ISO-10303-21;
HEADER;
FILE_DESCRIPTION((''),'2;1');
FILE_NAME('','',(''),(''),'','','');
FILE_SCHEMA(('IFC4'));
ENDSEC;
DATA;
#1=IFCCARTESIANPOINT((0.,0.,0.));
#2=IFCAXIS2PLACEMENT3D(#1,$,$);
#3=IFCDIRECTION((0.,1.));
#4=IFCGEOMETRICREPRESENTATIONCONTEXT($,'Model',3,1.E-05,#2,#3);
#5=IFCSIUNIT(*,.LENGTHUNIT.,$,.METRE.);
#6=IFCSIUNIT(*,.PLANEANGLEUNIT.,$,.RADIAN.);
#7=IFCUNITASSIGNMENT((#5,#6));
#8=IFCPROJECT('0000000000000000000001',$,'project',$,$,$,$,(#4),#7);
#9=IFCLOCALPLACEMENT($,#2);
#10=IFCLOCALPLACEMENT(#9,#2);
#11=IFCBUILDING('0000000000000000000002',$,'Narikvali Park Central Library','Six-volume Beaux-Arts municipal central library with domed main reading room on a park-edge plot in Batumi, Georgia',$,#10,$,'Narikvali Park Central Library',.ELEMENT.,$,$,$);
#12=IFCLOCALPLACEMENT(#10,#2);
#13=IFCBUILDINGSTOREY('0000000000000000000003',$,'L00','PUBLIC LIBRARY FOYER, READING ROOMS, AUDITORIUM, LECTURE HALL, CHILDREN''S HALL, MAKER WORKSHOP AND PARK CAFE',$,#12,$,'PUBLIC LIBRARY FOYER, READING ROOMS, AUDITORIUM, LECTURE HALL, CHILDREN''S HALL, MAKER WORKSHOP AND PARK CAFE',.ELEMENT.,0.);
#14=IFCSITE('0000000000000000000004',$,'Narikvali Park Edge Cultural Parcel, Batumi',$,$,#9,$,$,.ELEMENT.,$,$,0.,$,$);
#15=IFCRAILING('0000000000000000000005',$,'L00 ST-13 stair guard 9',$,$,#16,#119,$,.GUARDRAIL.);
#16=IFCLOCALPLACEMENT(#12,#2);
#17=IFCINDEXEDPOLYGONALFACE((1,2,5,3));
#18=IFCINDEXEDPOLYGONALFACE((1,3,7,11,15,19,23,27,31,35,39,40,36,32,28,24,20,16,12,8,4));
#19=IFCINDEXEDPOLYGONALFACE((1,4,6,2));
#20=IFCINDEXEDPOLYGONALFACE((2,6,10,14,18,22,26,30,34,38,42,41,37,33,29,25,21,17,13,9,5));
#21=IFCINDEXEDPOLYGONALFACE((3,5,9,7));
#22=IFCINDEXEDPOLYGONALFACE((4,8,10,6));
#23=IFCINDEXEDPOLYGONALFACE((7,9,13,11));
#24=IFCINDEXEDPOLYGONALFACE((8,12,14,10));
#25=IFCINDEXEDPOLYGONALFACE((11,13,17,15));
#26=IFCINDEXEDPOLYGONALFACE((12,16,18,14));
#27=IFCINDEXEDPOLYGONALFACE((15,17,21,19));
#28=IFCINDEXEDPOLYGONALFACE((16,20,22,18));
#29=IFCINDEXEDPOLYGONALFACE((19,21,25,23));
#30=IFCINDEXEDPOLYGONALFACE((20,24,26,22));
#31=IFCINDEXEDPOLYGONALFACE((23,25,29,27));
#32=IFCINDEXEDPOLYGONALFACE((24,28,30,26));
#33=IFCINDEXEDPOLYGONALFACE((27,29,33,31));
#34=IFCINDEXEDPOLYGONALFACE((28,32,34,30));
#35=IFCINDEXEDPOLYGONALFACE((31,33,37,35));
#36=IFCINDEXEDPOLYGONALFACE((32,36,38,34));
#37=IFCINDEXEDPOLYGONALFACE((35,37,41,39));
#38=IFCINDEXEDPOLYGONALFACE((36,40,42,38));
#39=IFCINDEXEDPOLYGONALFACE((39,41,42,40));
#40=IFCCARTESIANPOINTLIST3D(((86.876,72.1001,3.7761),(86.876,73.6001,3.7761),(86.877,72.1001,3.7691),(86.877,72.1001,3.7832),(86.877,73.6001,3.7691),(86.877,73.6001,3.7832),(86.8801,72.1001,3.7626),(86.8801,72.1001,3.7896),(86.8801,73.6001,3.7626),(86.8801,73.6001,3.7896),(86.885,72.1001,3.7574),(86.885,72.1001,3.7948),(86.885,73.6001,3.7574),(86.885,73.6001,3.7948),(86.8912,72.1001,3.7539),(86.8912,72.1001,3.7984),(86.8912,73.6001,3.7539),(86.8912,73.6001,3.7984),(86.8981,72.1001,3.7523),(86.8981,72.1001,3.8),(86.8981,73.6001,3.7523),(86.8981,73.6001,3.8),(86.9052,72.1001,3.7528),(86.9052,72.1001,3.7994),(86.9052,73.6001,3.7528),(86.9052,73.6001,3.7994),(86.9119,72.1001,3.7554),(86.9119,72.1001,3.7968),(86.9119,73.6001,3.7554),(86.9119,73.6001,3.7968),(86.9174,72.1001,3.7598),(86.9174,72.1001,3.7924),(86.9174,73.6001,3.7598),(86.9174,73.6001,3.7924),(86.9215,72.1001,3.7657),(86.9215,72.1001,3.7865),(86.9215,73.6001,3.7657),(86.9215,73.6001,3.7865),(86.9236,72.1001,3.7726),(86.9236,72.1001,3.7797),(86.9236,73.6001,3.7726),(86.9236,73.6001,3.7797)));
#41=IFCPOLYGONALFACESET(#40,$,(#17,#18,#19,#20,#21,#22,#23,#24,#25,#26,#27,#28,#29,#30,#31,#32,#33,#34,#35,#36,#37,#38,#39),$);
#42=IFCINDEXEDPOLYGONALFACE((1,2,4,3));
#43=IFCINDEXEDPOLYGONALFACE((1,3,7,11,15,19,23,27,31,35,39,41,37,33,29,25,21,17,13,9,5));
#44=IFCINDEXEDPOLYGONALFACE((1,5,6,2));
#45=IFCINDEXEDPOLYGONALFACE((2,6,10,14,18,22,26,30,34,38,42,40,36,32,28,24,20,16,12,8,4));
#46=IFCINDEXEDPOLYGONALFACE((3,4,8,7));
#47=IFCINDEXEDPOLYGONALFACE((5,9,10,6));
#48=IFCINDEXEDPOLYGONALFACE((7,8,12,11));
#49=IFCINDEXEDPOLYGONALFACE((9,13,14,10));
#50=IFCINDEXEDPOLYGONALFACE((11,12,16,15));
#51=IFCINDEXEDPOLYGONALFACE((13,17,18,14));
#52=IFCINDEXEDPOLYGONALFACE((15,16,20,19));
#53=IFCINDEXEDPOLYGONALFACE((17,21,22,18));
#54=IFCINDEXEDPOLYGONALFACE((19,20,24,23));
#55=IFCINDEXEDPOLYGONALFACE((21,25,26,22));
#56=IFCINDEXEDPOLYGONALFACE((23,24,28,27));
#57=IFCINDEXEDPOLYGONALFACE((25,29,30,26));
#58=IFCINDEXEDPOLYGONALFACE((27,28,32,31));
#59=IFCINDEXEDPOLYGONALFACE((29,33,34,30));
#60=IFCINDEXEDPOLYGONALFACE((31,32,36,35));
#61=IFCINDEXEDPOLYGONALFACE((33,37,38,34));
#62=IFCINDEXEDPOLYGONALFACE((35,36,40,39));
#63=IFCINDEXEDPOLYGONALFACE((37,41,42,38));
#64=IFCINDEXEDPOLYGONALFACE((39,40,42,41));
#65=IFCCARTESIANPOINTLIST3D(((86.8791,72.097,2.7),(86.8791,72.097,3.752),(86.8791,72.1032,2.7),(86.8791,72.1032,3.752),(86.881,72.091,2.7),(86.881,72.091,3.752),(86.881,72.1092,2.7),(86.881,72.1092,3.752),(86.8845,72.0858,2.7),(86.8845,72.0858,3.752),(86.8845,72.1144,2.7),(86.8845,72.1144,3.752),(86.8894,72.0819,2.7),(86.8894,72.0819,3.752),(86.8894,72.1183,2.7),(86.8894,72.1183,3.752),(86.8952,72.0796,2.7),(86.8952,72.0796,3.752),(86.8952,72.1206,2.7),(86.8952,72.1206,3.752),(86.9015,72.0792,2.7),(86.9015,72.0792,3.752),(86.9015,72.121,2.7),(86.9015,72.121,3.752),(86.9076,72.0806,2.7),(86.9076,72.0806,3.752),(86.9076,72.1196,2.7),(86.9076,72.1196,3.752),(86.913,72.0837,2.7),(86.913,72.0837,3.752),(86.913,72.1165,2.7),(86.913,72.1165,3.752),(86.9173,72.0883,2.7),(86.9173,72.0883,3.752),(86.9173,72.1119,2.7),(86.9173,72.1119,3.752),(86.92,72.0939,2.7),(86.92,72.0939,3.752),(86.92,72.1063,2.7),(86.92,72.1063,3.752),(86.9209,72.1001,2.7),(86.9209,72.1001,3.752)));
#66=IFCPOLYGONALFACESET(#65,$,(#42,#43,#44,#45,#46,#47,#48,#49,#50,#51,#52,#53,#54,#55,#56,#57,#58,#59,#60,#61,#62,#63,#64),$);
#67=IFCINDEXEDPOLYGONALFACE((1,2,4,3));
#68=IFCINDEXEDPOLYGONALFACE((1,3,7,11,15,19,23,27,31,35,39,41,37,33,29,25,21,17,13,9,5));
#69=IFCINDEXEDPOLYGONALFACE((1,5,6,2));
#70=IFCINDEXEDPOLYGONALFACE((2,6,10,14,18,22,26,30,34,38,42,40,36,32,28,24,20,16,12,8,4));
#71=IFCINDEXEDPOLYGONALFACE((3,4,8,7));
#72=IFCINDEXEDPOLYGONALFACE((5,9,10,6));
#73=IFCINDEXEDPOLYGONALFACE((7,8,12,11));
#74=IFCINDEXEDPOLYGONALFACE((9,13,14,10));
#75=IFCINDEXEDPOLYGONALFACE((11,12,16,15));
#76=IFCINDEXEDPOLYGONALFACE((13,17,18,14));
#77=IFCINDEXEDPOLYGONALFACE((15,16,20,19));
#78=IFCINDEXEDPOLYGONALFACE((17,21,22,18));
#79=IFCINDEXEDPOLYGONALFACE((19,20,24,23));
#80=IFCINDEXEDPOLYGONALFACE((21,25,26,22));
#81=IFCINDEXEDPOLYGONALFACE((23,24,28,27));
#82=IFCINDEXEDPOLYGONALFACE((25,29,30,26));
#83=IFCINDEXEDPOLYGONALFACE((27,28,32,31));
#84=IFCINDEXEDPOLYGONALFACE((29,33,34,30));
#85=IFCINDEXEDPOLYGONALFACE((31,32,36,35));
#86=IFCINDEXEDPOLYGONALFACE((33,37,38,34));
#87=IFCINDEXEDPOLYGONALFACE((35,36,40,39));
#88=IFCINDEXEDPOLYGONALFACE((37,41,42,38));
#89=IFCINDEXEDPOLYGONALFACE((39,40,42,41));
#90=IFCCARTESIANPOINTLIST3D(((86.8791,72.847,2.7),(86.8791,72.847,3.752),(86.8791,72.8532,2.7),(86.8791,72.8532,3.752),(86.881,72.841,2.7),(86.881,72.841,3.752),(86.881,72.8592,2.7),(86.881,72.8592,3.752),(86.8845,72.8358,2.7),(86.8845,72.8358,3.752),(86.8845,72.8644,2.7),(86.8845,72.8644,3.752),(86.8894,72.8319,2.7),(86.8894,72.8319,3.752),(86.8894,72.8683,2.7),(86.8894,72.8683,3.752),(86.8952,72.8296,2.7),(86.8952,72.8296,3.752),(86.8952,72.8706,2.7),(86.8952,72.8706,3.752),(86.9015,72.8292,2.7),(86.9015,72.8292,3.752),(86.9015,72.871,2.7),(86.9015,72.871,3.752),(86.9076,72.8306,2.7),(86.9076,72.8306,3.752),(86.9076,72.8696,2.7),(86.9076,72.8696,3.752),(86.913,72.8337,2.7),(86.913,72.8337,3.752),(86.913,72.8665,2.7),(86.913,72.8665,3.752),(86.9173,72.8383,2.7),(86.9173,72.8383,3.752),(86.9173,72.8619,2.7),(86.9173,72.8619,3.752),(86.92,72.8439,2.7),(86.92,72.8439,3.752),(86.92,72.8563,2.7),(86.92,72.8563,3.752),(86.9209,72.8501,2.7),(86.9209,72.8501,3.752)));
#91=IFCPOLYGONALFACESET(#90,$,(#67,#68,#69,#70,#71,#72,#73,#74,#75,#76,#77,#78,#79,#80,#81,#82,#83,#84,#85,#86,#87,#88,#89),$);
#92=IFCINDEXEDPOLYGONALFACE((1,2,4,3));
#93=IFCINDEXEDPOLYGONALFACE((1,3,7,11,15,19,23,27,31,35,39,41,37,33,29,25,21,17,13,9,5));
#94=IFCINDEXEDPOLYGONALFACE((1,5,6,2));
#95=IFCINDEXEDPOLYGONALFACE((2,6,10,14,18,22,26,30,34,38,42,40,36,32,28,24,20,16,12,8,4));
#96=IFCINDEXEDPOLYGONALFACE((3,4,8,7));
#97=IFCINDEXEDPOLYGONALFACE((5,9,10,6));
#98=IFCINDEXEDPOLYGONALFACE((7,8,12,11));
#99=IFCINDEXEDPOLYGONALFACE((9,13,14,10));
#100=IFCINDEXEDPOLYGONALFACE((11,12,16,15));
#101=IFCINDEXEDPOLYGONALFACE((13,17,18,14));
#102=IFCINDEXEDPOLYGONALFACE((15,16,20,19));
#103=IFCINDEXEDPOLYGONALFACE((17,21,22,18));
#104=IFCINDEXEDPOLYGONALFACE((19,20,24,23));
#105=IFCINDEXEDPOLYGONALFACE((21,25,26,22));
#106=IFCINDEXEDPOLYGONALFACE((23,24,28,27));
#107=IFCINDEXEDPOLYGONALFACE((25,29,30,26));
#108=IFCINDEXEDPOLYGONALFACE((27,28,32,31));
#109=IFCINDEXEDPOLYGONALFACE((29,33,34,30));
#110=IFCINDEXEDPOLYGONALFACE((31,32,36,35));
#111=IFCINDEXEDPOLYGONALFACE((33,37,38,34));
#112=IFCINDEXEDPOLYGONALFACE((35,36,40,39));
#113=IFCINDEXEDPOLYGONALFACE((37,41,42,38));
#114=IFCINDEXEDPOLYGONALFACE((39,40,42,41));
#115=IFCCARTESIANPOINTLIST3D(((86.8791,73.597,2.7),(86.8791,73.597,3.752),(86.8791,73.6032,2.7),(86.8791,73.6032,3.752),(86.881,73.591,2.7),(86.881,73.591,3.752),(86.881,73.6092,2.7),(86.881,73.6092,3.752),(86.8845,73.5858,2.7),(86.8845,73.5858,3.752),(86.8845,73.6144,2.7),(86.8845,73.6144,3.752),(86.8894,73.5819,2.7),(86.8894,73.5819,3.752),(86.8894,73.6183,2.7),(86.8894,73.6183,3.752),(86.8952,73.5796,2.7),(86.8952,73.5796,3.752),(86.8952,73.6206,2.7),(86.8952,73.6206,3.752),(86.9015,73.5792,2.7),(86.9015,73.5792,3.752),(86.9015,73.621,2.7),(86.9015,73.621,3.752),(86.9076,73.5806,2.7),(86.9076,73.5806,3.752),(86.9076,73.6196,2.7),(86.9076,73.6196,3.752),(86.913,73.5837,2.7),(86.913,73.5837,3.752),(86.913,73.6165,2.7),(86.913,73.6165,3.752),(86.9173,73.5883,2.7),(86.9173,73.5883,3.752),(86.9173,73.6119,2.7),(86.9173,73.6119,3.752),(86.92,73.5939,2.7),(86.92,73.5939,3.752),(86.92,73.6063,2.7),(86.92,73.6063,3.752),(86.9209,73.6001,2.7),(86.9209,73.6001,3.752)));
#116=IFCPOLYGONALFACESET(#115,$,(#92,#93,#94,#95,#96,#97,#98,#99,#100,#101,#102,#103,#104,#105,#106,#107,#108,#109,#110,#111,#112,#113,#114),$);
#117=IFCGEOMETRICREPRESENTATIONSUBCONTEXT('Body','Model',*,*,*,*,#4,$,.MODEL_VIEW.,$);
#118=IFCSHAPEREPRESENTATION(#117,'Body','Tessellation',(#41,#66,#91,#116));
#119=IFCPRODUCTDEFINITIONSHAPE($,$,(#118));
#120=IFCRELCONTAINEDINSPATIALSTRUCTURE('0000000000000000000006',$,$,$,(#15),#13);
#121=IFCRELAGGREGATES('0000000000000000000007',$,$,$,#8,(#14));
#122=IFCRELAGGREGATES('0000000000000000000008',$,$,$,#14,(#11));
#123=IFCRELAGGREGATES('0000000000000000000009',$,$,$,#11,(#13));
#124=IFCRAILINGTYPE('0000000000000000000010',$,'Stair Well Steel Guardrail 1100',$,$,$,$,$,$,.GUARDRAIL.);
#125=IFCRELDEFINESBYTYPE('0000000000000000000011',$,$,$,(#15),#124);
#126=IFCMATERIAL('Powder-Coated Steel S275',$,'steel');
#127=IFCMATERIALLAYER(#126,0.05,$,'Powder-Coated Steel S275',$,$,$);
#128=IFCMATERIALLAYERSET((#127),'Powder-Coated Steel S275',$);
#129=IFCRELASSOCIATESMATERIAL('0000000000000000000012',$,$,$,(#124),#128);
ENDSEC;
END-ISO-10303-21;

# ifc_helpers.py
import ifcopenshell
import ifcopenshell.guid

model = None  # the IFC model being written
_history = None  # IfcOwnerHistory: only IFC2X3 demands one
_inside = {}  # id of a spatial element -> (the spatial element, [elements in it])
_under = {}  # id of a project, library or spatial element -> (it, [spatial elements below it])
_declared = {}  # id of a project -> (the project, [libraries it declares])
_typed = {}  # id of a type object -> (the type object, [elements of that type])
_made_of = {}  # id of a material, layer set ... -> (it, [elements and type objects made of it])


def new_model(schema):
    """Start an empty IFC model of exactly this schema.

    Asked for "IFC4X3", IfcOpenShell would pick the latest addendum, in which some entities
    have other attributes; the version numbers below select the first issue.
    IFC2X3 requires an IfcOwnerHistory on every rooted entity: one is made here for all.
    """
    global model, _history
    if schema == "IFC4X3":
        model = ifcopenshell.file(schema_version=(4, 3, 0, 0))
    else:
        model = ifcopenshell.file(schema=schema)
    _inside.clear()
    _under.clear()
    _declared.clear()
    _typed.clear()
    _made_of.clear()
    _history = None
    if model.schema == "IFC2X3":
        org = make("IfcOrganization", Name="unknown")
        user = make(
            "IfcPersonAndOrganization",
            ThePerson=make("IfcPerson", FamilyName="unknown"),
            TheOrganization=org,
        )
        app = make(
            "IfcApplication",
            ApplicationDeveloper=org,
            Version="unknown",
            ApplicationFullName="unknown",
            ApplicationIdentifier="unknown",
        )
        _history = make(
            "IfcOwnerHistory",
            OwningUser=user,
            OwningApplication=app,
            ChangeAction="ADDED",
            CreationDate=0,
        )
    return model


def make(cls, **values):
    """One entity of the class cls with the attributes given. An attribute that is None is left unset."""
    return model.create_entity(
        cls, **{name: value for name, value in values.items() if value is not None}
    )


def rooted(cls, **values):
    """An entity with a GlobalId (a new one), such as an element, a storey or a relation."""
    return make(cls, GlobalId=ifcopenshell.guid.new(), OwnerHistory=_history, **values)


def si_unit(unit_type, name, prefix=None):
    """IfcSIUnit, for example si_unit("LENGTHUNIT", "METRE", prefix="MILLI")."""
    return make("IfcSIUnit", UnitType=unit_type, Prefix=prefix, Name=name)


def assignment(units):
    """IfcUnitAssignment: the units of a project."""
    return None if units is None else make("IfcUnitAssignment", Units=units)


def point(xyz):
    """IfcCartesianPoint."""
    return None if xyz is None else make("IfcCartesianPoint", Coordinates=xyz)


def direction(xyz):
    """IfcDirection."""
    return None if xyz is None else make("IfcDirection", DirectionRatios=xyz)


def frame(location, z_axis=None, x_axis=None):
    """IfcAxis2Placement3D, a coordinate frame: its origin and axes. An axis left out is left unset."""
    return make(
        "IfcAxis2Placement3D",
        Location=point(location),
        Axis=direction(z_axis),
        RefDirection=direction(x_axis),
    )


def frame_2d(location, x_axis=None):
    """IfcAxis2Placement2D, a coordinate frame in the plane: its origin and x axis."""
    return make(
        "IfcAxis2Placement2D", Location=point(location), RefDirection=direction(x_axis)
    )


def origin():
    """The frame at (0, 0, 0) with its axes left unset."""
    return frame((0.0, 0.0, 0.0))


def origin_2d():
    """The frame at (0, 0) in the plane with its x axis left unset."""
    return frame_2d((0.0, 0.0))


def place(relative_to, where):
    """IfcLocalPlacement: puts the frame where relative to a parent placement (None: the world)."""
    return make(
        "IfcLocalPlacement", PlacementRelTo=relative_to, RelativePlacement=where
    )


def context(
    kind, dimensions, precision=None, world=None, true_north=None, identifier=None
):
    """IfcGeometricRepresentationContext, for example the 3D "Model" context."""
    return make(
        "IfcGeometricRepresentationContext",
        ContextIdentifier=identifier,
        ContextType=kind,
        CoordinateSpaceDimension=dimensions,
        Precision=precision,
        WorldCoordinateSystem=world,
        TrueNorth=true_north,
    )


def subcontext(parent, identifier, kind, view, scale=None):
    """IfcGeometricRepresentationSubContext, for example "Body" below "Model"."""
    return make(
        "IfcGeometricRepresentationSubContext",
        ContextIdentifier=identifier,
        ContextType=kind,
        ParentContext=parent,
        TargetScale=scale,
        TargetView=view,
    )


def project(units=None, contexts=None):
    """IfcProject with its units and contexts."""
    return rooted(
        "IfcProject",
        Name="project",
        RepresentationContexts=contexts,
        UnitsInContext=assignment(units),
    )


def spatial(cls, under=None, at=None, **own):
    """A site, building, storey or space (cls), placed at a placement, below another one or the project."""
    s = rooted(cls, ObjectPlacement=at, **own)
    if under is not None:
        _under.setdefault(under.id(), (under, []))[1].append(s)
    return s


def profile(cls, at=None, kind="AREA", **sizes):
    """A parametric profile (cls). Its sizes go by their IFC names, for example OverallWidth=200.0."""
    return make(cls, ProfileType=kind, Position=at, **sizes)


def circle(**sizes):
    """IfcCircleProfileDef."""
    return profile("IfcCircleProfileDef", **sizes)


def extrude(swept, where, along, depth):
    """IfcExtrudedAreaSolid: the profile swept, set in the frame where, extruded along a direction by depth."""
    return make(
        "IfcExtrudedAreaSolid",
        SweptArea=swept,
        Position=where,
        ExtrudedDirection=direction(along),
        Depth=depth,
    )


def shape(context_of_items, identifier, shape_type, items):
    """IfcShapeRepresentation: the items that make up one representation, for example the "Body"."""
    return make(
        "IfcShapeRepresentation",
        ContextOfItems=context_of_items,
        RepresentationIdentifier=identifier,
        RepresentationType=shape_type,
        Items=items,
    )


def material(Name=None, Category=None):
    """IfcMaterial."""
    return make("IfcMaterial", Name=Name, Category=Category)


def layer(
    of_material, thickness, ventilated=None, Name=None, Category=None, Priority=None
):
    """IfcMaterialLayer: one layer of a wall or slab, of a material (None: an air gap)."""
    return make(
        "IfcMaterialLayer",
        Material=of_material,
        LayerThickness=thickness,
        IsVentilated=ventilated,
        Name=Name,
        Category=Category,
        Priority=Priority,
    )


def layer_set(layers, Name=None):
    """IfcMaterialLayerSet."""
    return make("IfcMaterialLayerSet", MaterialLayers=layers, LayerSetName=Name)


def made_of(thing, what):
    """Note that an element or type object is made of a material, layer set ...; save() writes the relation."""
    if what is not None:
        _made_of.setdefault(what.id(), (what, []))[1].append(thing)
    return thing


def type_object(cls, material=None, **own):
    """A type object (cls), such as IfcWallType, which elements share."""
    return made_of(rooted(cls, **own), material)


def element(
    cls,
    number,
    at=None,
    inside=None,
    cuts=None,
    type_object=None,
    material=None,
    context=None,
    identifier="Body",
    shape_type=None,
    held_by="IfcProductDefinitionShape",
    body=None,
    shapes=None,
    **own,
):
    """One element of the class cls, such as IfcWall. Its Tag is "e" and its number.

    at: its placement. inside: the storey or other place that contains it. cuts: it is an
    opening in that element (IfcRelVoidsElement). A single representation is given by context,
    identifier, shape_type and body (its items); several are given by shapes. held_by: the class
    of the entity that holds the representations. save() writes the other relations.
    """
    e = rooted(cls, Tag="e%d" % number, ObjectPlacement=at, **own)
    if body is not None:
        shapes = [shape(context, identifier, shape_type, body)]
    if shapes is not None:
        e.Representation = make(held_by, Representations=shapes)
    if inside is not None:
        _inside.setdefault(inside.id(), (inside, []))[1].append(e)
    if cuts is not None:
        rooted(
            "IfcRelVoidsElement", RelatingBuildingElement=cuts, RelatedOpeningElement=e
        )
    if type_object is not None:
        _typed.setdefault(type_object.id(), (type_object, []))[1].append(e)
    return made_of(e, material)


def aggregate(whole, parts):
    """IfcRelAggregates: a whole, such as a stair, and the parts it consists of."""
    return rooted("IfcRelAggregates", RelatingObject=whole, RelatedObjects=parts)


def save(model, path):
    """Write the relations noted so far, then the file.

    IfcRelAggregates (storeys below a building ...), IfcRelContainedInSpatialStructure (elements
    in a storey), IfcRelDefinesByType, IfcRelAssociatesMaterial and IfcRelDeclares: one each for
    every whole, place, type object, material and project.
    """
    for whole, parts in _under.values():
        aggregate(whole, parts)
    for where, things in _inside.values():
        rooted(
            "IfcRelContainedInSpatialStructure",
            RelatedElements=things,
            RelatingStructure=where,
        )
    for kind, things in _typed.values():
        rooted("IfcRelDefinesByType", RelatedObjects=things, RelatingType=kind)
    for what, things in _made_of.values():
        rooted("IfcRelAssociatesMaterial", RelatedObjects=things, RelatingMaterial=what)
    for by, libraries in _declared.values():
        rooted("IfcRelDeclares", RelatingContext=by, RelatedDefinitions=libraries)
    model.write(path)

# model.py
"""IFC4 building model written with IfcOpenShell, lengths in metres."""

from ifc_helpers import new_model, si_unit, direction, frame, origin, origin_2d, place, context, subcontext, project, spatial, circle, extrude, material, layer, layer_set, type_object, element, save


model = new_model("IFC4")

# Units and contexts
model_context = context("Model", 3, precision=1e-05, world=origin(), true_north=direction((0.0, 1.0)))
body_context = subcontext(model_context, "Body", "Model", "MODEL_VIEW")
ifc_project = project(units=[si_unit("LENGTHUNIT", "METRE"), si_unit("PLANEANGLEUNIT", "RADIAN")], contexts=[model_context])

# Site, building, storey
site_placement = place(None, origin())
site = spatial("IfcSite", under=ifc_project, at=site_placement, Name="Narikvali Park Edge Cultural Parcel, Batumi", CompositionType="ELEMENT", RefElevation=0.0)
building_placement = place(site_placement, origin())
building = spatial("IfcBuilding", under=site, at=building_placement, Name="Narikvali Park Central Library", Description="Six-volume Beaux-Arts municipal central library with domed main reading room on a park-edge plot in Batumi, Georgia", LongName="Narikvali Park Central Library", CompositionType="ELEMENT")
storey_placement = place(building_placement, origin())
storey = spatial("IfcBuildingStorey", under=building, at=storey_placement, Name="L00", Description="PUBLIC LIBRARY FOYER, READING ROOMS, AUDITORIUM, LECTURE HALL, CHILDREN'S HALL, MAKER WORKSHOP AND PARK CAFE", LongName="PUBLIC LIBRARY FOYER, READING ROOMS, AUDITORIUM, LECTURE HALL, CHILDREN'S HALL, MAKER WORKSHOP AND PARK CAFE", CompositionType="ELEMENT", Elevation=0.0)

# Railing
ifc_material_1 = material(Name="Powder-Coated Steel S275", Category="steel")
ifc_layer_1 = layer(ifc_material_1, 0.05, Name="Powder-Coated Steel S275")
ifc_layer_set_1 = layer_set([ifc_layer_1], Name="Powder-Coated Steel S275")
railing_type_1 = type_object("IfcRailingType", Name="Stair Well Steel Guardrail 1100", PredefinedType="GUARDRAIL", material=ifc_layer_set_1)
for number, where, name in (
    (1, (86.8999, 72.1001, 2.7), "L00 ST-13 stair guard 9"),
):
    element("IfcRailing", number, at=place(storey_placement, frame(where)), inside=storey, type_object=railing_type_1, Name=name, PredefinedType="GUARDRAIL", context=body_context, shape_type="SweptSolid", body=[
        extrude(circle(Radius=0.0239, at=origin_2d()), frame((0.0, 0.0, 1.0762), z_axis=(0.0, 1.0, 0.0), x_axis=(-1.0, 0.0, 0.0)), (0.0, 0.0, 1.0), 1.5),
        extrude(circle(Radius=0.021, at=origin_2d()), origin(), (0.0, 0.0, 1.0), 1.052),
        extrude(circle(Radius=0.021, at=origin_2d()), frame((0.0, 0.75, 0.0)), (0.0, 0.0, 1.0), 1.052),
        extrude(circle(Radius=0.021, at=origin_2d()), frame((0.0, 1.5, 0.0)), (0.0, 0.0, 1.0), 1.052),
    ])

save(model, "model.ifc")
